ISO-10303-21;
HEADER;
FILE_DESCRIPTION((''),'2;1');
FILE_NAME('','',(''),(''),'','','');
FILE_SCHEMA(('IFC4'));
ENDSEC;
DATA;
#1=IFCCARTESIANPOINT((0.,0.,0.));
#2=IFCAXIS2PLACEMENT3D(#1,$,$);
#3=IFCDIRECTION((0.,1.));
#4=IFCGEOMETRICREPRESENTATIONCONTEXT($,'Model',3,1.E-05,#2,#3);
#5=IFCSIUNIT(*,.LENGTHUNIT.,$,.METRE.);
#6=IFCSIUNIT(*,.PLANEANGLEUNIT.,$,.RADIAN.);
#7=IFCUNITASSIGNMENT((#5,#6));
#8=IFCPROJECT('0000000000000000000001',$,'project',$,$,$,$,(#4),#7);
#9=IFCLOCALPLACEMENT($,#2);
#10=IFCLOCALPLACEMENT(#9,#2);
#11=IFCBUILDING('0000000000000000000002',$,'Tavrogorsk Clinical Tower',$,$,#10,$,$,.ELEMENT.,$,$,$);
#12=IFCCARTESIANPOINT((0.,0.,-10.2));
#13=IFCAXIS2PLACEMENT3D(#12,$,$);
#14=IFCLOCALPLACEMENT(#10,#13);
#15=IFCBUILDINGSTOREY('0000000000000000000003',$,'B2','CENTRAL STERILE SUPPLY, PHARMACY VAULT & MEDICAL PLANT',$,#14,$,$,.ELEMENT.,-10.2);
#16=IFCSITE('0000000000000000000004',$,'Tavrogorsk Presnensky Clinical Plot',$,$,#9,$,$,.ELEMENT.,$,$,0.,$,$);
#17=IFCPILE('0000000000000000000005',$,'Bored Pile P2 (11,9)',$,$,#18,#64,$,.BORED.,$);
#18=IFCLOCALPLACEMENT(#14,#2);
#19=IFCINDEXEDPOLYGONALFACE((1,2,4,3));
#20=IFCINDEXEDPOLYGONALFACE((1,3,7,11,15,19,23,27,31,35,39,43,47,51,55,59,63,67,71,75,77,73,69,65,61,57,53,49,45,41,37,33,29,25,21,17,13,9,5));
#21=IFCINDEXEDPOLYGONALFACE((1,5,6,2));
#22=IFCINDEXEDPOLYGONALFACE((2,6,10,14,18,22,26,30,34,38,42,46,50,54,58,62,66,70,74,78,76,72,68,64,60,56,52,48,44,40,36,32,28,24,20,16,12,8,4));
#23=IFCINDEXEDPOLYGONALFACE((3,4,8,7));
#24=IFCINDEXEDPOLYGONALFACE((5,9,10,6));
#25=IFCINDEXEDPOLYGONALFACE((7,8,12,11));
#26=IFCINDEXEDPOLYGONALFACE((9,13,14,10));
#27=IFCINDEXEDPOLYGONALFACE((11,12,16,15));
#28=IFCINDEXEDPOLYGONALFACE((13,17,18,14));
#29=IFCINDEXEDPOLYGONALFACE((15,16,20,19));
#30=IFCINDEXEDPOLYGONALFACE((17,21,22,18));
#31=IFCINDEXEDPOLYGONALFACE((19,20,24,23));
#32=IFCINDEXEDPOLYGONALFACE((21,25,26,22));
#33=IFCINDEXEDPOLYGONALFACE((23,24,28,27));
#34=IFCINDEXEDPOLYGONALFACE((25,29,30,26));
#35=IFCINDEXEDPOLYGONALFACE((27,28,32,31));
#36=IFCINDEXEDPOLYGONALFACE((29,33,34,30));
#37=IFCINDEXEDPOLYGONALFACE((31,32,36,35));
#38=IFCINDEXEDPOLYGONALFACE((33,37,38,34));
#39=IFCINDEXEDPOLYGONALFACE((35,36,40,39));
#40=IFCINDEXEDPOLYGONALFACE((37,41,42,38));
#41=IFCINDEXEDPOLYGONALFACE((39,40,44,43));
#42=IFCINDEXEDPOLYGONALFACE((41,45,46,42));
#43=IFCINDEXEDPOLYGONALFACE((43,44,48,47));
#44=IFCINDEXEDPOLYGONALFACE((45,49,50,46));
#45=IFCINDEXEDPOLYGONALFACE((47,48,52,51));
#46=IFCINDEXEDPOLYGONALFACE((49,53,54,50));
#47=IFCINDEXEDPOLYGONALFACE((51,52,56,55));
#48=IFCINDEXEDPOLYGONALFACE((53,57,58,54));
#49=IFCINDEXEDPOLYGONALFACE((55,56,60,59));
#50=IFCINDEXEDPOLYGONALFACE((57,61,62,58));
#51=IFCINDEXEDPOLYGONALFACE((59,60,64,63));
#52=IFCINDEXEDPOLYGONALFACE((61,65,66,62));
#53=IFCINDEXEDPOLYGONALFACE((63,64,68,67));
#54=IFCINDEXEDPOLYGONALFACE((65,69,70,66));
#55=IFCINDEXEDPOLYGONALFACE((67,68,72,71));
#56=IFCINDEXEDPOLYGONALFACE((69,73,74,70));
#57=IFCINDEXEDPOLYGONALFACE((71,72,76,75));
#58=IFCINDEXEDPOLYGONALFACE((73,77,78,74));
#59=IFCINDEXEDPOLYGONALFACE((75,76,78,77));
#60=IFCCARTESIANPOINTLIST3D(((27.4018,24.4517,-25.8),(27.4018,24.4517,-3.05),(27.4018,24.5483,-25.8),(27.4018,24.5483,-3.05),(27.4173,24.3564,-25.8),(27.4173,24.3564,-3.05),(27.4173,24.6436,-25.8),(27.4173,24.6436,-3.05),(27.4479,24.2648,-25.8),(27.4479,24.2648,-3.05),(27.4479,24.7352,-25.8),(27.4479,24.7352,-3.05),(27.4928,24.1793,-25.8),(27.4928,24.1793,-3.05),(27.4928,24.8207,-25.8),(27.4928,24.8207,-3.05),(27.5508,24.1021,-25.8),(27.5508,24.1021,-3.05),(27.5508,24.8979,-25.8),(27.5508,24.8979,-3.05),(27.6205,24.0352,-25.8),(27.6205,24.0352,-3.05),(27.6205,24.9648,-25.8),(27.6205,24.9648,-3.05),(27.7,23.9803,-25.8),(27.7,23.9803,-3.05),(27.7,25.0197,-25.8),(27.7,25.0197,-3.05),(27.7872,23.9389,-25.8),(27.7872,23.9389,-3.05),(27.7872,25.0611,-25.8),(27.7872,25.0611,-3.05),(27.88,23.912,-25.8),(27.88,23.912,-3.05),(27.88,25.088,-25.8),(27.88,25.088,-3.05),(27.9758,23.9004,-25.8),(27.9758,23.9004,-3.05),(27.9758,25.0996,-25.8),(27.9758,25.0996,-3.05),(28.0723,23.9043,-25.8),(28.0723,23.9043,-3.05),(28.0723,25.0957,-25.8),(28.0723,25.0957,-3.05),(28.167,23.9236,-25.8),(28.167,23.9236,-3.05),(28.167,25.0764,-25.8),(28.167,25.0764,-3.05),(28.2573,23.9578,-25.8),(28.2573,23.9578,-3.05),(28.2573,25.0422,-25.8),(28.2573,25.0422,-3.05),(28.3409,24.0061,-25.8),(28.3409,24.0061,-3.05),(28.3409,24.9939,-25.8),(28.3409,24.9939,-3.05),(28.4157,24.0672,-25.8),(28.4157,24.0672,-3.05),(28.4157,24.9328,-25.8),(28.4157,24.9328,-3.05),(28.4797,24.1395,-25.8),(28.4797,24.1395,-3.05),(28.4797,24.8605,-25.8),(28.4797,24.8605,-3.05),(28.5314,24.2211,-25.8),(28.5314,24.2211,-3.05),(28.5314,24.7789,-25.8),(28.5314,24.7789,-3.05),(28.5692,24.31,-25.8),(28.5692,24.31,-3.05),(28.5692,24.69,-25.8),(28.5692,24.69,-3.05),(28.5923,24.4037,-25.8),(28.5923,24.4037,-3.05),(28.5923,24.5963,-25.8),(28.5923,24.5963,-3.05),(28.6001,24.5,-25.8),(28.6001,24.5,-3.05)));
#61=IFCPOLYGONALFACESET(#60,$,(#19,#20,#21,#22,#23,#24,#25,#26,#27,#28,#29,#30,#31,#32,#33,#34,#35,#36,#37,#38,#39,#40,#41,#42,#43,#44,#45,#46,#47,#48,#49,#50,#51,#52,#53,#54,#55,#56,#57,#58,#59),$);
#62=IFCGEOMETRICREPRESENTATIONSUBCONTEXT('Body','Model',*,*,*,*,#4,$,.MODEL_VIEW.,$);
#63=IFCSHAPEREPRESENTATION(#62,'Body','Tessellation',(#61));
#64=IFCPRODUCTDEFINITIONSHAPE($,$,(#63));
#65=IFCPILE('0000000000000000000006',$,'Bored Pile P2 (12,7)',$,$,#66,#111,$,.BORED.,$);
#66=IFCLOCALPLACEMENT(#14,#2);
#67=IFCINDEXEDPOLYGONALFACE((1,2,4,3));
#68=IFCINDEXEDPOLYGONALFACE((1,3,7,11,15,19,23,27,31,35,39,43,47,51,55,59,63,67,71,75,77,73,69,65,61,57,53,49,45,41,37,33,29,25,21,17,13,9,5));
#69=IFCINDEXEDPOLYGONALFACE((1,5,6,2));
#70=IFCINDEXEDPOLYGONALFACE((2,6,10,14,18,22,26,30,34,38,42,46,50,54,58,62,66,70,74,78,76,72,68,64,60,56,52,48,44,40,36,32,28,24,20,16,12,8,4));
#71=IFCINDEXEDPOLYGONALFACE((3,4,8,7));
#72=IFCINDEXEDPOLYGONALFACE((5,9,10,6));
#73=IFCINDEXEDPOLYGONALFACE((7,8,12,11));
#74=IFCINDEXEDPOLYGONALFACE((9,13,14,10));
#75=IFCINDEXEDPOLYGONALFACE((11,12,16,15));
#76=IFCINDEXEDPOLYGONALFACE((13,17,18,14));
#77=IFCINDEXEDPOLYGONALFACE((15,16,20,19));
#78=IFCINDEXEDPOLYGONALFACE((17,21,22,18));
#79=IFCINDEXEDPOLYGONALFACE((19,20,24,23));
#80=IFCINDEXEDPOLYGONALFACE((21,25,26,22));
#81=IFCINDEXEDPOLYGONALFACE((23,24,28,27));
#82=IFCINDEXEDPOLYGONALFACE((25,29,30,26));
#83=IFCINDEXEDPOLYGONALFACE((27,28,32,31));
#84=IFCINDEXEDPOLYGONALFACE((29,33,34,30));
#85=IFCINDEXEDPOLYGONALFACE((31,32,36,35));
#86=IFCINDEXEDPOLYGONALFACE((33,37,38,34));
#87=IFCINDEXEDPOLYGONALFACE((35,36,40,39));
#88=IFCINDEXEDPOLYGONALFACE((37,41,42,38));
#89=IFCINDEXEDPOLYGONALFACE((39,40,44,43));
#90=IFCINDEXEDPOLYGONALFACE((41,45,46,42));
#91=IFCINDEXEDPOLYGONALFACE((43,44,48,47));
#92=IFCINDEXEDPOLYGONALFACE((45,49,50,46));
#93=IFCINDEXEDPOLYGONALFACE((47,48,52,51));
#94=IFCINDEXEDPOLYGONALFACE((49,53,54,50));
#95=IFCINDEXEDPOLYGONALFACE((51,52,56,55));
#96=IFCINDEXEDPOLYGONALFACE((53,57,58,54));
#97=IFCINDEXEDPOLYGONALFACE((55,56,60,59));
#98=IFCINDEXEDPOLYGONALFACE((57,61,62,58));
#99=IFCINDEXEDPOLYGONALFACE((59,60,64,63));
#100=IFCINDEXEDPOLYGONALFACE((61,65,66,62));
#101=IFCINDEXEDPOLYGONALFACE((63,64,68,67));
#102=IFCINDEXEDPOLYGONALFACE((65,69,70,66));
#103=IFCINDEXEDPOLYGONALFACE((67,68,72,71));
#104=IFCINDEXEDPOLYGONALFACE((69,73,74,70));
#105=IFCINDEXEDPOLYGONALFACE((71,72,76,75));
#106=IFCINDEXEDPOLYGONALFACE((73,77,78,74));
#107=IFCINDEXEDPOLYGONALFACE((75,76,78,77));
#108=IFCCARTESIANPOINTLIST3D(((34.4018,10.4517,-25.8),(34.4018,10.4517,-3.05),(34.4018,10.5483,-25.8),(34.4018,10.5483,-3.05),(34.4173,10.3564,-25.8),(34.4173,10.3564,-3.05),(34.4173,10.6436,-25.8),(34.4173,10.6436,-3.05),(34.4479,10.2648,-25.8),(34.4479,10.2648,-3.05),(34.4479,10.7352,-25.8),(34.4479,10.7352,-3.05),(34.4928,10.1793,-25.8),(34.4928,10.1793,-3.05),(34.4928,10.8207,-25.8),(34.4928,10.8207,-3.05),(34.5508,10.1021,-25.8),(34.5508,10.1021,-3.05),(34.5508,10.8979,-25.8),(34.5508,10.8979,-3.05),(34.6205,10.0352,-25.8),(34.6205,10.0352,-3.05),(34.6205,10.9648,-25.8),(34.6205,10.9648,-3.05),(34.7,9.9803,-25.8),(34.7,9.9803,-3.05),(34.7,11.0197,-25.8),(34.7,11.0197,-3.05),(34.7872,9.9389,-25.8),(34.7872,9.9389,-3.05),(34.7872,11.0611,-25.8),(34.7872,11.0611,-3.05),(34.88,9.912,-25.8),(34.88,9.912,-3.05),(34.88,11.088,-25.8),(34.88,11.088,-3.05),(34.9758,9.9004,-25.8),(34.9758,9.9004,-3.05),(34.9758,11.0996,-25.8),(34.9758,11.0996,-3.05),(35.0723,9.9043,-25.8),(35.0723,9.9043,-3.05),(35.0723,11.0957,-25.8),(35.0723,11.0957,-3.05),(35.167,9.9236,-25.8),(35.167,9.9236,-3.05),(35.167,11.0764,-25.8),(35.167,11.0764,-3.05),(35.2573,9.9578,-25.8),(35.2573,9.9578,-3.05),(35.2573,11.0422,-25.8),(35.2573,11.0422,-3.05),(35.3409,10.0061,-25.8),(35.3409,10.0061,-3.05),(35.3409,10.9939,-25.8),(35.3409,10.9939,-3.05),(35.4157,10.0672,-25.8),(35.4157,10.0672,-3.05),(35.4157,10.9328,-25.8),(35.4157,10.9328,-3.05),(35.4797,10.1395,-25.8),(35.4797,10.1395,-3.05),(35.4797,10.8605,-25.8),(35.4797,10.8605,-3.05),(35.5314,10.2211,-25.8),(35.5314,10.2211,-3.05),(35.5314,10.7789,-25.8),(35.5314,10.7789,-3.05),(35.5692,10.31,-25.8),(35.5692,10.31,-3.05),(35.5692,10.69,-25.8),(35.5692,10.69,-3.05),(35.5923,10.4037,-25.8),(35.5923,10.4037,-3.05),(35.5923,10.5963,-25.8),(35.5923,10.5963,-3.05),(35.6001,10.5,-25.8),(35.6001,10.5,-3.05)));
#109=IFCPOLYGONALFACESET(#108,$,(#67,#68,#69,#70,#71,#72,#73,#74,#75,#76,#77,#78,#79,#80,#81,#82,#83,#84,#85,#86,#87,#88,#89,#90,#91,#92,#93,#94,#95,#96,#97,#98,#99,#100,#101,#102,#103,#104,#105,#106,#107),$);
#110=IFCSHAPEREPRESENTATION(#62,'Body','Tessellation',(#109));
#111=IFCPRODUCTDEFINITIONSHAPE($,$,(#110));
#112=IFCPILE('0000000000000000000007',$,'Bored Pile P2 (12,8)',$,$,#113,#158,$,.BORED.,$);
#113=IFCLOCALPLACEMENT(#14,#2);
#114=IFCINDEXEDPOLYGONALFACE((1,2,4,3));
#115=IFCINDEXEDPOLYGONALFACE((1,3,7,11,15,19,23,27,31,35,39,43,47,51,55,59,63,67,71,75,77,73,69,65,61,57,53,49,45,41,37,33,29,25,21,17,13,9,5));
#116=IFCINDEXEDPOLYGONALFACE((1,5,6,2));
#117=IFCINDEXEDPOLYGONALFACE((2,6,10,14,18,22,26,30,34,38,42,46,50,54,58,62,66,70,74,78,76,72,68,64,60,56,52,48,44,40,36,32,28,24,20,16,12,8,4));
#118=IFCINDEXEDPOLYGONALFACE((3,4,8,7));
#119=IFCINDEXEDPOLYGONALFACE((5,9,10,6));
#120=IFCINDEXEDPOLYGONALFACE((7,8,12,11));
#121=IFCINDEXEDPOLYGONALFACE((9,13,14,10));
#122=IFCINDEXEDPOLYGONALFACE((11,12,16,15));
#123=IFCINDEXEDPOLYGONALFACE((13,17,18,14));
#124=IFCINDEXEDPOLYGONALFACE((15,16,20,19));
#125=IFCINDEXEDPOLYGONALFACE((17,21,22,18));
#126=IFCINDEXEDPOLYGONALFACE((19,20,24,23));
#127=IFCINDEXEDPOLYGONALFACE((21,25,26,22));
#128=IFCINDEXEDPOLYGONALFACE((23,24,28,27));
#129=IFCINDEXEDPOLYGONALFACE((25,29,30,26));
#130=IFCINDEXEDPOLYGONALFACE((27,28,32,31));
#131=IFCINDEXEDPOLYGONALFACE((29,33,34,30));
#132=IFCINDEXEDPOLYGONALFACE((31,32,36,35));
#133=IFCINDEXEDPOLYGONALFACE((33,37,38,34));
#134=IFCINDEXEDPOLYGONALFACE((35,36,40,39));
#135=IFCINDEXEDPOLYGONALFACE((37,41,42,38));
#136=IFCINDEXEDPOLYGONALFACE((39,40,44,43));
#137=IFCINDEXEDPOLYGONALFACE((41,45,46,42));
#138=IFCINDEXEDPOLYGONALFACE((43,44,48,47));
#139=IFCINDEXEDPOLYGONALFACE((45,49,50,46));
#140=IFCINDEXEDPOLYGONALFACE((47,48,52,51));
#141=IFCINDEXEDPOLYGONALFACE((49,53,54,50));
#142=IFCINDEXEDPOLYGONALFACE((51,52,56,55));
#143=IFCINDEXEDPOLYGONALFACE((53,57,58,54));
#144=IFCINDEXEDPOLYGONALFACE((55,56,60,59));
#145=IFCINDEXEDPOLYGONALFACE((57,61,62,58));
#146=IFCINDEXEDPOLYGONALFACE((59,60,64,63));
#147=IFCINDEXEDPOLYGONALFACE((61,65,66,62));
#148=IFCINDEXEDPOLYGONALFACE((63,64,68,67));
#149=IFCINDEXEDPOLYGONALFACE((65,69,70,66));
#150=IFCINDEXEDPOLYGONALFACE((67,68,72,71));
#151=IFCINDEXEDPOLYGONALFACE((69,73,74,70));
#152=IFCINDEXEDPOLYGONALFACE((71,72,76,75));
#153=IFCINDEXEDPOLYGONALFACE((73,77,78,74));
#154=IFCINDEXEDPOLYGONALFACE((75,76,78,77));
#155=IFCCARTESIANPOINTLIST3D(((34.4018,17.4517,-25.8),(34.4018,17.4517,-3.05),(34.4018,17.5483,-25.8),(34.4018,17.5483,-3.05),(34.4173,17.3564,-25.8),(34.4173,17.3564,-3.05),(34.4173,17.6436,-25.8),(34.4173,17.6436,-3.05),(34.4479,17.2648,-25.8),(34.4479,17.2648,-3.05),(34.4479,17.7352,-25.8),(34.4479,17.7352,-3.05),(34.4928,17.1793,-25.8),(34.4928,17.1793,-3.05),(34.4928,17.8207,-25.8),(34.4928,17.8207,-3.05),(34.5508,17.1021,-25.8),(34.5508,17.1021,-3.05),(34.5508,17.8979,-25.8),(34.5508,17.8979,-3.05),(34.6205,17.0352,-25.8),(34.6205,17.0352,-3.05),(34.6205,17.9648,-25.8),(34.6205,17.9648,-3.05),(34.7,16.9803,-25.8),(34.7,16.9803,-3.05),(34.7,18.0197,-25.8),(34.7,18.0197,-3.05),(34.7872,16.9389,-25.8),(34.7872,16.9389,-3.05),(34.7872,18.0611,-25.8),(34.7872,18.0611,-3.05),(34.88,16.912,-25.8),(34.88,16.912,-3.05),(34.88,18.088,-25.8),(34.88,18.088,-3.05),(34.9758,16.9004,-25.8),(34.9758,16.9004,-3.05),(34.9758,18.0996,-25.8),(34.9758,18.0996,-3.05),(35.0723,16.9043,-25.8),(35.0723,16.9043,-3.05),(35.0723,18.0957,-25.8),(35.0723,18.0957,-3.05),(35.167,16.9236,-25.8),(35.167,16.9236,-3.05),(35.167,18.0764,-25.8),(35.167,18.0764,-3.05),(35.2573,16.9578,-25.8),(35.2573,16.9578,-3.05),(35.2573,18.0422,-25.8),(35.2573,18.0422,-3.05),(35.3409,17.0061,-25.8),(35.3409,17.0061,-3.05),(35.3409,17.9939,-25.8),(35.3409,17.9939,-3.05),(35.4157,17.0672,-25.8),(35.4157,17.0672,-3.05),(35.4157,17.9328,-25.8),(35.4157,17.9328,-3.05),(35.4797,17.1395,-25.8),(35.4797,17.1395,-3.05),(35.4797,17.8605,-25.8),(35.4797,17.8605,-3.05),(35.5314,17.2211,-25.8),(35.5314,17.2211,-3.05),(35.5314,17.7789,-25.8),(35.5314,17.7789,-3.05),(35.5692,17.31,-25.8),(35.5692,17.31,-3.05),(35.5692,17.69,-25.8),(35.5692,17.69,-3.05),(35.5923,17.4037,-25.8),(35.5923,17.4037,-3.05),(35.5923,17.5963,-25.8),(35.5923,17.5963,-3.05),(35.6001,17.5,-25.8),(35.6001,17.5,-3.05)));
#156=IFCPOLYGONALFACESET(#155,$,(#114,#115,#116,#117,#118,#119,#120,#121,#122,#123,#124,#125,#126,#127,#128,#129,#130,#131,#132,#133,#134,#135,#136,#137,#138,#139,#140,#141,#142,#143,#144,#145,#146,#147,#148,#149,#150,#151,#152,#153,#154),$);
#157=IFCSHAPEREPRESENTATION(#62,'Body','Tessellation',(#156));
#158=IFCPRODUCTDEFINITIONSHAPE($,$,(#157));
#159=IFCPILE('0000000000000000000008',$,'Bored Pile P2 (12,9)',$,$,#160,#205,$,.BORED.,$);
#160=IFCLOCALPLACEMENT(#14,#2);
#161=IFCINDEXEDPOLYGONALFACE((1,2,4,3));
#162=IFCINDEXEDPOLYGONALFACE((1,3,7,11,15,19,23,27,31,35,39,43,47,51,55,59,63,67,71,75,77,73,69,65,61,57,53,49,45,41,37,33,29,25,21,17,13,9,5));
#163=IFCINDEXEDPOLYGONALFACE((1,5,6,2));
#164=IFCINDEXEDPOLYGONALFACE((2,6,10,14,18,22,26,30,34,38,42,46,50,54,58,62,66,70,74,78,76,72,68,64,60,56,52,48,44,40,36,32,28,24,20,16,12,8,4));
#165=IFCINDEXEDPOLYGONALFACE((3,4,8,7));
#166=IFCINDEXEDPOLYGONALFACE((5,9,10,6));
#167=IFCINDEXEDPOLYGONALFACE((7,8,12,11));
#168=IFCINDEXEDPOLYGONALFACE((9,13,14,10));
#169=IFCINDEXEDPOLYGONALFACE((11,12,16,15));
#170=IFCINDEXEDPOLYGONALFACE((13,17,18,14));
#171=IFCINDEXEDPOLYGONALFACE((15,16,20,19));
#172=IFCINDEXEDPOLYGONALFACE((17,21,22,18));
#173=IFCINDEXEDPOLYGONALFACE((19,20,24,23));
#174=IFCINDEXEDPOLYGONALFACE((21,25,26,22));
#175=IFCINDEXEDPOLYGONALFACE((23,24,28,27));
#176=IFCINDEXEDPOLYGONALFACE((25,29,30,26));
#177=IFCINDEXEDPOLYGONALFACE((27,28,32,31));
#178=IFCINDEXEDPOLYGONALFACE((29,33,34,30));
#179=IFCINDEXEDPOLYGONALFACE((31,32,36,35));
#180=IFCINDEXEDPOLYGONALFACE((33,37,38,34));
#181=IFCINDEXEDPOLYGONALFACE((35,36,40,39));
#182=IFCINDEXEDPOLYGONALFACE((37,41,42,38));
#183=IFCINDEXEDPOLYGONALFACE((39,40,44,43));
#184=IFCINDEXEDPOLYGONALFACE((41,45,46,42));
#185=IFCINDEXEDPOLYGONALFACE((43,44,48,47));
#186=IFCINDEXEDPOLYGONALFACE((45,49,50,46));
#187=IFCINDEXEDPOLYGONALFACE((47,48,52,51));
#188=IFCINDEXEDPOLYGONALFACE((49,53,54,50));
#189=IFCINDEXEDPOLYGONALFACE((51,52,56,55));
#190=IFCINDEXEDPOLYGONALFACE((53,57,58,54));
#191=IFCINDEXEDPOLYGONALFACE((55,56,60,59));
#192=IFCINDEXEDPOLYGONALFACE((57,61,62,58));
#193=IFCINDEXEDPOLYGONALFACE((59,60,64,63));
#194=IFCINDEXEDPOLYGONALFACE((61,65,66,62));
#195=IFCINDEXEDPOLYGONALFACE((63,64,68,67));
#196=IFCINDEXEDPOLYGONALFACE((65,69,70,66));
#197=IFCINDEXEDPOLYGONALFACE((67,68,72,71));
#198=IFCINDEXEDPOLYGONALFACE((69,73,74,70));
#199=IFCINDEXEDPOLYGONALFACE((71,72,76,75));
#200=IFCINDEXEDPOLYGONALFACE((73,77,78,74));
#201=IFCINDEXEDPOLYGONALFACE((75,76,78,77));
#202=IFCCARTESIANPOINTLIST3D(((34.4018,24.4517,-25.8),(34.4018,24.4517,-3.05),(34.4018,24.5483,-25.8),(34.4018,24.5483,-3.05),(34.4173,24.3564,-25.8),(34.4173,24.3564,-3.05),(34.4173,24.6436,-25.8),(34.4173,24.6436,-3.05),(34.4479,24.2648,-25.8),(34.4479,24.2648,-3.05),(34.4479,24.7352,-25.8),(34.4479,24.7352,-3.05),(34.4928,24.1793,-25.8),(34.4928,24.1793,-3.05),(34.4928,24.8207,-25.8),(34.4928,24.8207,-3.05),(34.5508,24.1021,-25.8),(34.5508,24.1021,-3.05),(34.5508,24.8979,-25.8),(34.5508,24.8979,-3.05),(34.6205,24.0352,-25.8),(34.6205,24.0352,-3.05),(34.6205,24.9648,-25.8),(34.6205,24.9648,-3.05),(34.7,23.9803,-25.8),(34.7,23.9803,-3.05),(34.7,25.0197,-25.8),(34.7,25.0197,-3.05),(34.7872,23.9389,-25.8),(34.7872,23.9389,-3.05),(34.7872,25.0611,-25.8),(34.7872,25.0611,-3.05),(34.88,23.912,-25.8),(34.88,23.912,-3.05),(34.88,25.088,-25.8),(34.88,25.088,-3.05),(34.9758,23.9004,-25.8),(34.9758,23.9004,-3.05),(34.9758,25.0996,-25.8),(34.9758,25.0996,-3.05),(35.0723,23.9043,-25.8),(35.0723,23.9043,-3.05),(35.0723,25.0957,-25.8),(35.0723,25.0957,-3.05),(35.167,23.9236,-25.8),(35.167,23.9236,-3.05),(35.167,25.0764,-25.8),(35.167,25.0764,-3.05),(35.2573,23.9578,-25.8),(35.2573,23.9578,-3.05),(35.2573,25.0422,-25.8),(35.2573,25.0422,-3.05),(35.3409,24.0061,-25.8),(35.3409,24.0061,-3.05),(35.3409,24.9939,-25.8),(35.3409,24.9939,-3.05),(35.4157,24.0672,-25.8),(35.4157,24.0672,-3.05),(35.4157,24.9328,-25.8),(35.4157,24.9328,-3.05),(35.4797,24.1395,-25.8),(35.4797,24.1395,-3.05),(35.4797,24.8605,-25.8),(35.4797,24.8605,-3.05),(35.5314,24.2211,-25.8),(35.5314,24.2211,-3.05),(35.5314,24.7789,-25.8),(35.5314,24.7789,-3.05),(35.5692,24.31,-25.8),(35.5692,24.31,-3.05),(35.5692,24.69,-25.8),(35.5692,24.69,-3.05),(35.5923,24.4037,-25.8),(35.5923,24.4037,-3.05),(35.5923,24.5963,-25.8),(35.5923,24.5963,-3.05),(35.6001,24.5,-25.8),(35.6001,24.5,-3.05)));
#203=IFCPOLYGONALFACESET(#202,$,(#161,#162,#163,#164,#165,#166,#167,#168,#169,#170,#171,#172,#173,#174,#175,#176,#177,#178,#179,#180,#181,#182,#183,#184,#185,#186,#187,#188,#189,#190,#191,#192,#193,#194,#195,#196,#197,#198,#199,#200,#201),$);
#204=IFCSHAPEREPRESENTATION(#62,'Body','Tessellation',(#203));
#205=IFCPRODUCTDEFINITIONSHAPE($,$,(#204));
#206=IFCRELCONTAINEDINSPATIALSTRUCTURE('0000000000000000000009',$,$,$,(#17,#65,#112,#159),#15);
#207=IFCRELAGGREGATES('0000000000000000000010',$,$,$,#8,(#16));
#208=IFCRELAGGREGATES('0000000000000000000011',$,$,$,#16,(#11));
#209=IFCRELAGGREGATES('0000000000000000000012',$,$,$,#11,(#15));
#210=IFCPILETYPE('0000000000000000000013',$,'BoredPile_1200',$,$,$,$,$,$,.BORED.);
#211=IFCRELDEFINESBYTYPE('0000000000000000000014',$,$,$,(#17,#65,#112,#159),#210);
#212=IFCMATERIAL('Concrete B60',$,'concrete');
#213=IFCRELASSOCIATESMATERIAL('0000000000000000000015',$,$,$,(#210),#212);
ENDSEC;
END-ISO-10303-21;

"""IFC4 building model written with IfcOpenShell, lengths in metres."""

from ifc_helpers import new_model, si_unit, direction, frame, origin, origin_2d, place, context, subcontext, project, spatial, circle, extrude, material, material_profile, profile_set, type_object, element, save


model = new_model("IFC4")

# Units and contexts
model_context = context("Model", 3, precision=1e-05, world=origin(), true_north=direction((0.0, 1.0)))
body_context = subcontext(model_context, "Body", "Model", "MODEL_VIEW")
ifc_project = project(units=[si_unit("LENGTHUNIT", "METRE"), si_unit("PLANEANGLEUNIT", "RADIAN")], contexts=[model_context])

# Site, building, storey
site_placement = place(None, origin())
site = spatial("IfcSite", under=ifc_project, at=site_placement, Name="Tavrogorsk Presnensky Clinical Plot", CompositionType="ELEMENT", RefElevation=0.0)
building_placement = place(site_placement, origin())
building = spatial("IfcBuilding", under=site, at=building_placement, Name="Tavrogorsk Clinical Tower", CompositionType="ELEMENT")
storey_placement = place(building_placement, frame((0.0, 0.0, -10.2)))
storey = spatial("IfcBuildingStorey", under=building, at=storey_placement, Name="B2", Description="CENTRAL STERILE SUPPLY, PHARMACY VAULT & MEDICAL PLANT", CompositionType="ELEMENT", Elevation=-10.2)

# Piles
ifc_material_1 = material(Name="Concrete B60", Category="concrete")
ifc_material_profile_1 = material_profile(ifc_material_1, circle(Radius=0.6001, at=origin_2d()), Name="BORED-PILE-1200")
ifc_profile_set_1 = profile_set([ifc_material_profile_1], Name="Concrete B60")
pile_type_1 = type_object("IfcPileType", Name="BoredPile_1200", PredefinedType="BORED", material=ifc_profile_set_1)
for number, where, z_axis, x_axis, name in (
    (1, (28.0, 24.5, -3.05), (0.0, 0.0, -1.0), (1.0, 0.0, 0.0), "Bored Pile P2 (11,9)"),
    (2, (35.0, 10.5, -3.05), (0.0, 0.0, -1.0), (1.0, 0.0, 0.0), "Bored Pile P2 (12,7)"),
    (3, (35.0, 17.5, -3.05), (0.0, 0.0, -1.0), (1.0, 0.0, 0.0), "Bored Pile P2 (12,8)"),
    (4, (35.0, 24.5, -3.05), (0.0, 0.0, -1.0), (1.0, 0.0, 0.0), "Bored Pile P2 (12,9)"),
):
    element("IfcPile", number, at=place(storey_placement, frame(where, z_axis=z_axis, x_axis=x_axis)), inside=storey, type_object=pile_type_1, Name=name, PredefinedType="BORED", context=body_context, shape_type="SweptSolid", body=[
        extrude(circle(Radius=0.6001, at=origin_2d()), origin(), (0.0, 0.0, 1.0), 22.75),
    ])

save(model, "model.ifc")
